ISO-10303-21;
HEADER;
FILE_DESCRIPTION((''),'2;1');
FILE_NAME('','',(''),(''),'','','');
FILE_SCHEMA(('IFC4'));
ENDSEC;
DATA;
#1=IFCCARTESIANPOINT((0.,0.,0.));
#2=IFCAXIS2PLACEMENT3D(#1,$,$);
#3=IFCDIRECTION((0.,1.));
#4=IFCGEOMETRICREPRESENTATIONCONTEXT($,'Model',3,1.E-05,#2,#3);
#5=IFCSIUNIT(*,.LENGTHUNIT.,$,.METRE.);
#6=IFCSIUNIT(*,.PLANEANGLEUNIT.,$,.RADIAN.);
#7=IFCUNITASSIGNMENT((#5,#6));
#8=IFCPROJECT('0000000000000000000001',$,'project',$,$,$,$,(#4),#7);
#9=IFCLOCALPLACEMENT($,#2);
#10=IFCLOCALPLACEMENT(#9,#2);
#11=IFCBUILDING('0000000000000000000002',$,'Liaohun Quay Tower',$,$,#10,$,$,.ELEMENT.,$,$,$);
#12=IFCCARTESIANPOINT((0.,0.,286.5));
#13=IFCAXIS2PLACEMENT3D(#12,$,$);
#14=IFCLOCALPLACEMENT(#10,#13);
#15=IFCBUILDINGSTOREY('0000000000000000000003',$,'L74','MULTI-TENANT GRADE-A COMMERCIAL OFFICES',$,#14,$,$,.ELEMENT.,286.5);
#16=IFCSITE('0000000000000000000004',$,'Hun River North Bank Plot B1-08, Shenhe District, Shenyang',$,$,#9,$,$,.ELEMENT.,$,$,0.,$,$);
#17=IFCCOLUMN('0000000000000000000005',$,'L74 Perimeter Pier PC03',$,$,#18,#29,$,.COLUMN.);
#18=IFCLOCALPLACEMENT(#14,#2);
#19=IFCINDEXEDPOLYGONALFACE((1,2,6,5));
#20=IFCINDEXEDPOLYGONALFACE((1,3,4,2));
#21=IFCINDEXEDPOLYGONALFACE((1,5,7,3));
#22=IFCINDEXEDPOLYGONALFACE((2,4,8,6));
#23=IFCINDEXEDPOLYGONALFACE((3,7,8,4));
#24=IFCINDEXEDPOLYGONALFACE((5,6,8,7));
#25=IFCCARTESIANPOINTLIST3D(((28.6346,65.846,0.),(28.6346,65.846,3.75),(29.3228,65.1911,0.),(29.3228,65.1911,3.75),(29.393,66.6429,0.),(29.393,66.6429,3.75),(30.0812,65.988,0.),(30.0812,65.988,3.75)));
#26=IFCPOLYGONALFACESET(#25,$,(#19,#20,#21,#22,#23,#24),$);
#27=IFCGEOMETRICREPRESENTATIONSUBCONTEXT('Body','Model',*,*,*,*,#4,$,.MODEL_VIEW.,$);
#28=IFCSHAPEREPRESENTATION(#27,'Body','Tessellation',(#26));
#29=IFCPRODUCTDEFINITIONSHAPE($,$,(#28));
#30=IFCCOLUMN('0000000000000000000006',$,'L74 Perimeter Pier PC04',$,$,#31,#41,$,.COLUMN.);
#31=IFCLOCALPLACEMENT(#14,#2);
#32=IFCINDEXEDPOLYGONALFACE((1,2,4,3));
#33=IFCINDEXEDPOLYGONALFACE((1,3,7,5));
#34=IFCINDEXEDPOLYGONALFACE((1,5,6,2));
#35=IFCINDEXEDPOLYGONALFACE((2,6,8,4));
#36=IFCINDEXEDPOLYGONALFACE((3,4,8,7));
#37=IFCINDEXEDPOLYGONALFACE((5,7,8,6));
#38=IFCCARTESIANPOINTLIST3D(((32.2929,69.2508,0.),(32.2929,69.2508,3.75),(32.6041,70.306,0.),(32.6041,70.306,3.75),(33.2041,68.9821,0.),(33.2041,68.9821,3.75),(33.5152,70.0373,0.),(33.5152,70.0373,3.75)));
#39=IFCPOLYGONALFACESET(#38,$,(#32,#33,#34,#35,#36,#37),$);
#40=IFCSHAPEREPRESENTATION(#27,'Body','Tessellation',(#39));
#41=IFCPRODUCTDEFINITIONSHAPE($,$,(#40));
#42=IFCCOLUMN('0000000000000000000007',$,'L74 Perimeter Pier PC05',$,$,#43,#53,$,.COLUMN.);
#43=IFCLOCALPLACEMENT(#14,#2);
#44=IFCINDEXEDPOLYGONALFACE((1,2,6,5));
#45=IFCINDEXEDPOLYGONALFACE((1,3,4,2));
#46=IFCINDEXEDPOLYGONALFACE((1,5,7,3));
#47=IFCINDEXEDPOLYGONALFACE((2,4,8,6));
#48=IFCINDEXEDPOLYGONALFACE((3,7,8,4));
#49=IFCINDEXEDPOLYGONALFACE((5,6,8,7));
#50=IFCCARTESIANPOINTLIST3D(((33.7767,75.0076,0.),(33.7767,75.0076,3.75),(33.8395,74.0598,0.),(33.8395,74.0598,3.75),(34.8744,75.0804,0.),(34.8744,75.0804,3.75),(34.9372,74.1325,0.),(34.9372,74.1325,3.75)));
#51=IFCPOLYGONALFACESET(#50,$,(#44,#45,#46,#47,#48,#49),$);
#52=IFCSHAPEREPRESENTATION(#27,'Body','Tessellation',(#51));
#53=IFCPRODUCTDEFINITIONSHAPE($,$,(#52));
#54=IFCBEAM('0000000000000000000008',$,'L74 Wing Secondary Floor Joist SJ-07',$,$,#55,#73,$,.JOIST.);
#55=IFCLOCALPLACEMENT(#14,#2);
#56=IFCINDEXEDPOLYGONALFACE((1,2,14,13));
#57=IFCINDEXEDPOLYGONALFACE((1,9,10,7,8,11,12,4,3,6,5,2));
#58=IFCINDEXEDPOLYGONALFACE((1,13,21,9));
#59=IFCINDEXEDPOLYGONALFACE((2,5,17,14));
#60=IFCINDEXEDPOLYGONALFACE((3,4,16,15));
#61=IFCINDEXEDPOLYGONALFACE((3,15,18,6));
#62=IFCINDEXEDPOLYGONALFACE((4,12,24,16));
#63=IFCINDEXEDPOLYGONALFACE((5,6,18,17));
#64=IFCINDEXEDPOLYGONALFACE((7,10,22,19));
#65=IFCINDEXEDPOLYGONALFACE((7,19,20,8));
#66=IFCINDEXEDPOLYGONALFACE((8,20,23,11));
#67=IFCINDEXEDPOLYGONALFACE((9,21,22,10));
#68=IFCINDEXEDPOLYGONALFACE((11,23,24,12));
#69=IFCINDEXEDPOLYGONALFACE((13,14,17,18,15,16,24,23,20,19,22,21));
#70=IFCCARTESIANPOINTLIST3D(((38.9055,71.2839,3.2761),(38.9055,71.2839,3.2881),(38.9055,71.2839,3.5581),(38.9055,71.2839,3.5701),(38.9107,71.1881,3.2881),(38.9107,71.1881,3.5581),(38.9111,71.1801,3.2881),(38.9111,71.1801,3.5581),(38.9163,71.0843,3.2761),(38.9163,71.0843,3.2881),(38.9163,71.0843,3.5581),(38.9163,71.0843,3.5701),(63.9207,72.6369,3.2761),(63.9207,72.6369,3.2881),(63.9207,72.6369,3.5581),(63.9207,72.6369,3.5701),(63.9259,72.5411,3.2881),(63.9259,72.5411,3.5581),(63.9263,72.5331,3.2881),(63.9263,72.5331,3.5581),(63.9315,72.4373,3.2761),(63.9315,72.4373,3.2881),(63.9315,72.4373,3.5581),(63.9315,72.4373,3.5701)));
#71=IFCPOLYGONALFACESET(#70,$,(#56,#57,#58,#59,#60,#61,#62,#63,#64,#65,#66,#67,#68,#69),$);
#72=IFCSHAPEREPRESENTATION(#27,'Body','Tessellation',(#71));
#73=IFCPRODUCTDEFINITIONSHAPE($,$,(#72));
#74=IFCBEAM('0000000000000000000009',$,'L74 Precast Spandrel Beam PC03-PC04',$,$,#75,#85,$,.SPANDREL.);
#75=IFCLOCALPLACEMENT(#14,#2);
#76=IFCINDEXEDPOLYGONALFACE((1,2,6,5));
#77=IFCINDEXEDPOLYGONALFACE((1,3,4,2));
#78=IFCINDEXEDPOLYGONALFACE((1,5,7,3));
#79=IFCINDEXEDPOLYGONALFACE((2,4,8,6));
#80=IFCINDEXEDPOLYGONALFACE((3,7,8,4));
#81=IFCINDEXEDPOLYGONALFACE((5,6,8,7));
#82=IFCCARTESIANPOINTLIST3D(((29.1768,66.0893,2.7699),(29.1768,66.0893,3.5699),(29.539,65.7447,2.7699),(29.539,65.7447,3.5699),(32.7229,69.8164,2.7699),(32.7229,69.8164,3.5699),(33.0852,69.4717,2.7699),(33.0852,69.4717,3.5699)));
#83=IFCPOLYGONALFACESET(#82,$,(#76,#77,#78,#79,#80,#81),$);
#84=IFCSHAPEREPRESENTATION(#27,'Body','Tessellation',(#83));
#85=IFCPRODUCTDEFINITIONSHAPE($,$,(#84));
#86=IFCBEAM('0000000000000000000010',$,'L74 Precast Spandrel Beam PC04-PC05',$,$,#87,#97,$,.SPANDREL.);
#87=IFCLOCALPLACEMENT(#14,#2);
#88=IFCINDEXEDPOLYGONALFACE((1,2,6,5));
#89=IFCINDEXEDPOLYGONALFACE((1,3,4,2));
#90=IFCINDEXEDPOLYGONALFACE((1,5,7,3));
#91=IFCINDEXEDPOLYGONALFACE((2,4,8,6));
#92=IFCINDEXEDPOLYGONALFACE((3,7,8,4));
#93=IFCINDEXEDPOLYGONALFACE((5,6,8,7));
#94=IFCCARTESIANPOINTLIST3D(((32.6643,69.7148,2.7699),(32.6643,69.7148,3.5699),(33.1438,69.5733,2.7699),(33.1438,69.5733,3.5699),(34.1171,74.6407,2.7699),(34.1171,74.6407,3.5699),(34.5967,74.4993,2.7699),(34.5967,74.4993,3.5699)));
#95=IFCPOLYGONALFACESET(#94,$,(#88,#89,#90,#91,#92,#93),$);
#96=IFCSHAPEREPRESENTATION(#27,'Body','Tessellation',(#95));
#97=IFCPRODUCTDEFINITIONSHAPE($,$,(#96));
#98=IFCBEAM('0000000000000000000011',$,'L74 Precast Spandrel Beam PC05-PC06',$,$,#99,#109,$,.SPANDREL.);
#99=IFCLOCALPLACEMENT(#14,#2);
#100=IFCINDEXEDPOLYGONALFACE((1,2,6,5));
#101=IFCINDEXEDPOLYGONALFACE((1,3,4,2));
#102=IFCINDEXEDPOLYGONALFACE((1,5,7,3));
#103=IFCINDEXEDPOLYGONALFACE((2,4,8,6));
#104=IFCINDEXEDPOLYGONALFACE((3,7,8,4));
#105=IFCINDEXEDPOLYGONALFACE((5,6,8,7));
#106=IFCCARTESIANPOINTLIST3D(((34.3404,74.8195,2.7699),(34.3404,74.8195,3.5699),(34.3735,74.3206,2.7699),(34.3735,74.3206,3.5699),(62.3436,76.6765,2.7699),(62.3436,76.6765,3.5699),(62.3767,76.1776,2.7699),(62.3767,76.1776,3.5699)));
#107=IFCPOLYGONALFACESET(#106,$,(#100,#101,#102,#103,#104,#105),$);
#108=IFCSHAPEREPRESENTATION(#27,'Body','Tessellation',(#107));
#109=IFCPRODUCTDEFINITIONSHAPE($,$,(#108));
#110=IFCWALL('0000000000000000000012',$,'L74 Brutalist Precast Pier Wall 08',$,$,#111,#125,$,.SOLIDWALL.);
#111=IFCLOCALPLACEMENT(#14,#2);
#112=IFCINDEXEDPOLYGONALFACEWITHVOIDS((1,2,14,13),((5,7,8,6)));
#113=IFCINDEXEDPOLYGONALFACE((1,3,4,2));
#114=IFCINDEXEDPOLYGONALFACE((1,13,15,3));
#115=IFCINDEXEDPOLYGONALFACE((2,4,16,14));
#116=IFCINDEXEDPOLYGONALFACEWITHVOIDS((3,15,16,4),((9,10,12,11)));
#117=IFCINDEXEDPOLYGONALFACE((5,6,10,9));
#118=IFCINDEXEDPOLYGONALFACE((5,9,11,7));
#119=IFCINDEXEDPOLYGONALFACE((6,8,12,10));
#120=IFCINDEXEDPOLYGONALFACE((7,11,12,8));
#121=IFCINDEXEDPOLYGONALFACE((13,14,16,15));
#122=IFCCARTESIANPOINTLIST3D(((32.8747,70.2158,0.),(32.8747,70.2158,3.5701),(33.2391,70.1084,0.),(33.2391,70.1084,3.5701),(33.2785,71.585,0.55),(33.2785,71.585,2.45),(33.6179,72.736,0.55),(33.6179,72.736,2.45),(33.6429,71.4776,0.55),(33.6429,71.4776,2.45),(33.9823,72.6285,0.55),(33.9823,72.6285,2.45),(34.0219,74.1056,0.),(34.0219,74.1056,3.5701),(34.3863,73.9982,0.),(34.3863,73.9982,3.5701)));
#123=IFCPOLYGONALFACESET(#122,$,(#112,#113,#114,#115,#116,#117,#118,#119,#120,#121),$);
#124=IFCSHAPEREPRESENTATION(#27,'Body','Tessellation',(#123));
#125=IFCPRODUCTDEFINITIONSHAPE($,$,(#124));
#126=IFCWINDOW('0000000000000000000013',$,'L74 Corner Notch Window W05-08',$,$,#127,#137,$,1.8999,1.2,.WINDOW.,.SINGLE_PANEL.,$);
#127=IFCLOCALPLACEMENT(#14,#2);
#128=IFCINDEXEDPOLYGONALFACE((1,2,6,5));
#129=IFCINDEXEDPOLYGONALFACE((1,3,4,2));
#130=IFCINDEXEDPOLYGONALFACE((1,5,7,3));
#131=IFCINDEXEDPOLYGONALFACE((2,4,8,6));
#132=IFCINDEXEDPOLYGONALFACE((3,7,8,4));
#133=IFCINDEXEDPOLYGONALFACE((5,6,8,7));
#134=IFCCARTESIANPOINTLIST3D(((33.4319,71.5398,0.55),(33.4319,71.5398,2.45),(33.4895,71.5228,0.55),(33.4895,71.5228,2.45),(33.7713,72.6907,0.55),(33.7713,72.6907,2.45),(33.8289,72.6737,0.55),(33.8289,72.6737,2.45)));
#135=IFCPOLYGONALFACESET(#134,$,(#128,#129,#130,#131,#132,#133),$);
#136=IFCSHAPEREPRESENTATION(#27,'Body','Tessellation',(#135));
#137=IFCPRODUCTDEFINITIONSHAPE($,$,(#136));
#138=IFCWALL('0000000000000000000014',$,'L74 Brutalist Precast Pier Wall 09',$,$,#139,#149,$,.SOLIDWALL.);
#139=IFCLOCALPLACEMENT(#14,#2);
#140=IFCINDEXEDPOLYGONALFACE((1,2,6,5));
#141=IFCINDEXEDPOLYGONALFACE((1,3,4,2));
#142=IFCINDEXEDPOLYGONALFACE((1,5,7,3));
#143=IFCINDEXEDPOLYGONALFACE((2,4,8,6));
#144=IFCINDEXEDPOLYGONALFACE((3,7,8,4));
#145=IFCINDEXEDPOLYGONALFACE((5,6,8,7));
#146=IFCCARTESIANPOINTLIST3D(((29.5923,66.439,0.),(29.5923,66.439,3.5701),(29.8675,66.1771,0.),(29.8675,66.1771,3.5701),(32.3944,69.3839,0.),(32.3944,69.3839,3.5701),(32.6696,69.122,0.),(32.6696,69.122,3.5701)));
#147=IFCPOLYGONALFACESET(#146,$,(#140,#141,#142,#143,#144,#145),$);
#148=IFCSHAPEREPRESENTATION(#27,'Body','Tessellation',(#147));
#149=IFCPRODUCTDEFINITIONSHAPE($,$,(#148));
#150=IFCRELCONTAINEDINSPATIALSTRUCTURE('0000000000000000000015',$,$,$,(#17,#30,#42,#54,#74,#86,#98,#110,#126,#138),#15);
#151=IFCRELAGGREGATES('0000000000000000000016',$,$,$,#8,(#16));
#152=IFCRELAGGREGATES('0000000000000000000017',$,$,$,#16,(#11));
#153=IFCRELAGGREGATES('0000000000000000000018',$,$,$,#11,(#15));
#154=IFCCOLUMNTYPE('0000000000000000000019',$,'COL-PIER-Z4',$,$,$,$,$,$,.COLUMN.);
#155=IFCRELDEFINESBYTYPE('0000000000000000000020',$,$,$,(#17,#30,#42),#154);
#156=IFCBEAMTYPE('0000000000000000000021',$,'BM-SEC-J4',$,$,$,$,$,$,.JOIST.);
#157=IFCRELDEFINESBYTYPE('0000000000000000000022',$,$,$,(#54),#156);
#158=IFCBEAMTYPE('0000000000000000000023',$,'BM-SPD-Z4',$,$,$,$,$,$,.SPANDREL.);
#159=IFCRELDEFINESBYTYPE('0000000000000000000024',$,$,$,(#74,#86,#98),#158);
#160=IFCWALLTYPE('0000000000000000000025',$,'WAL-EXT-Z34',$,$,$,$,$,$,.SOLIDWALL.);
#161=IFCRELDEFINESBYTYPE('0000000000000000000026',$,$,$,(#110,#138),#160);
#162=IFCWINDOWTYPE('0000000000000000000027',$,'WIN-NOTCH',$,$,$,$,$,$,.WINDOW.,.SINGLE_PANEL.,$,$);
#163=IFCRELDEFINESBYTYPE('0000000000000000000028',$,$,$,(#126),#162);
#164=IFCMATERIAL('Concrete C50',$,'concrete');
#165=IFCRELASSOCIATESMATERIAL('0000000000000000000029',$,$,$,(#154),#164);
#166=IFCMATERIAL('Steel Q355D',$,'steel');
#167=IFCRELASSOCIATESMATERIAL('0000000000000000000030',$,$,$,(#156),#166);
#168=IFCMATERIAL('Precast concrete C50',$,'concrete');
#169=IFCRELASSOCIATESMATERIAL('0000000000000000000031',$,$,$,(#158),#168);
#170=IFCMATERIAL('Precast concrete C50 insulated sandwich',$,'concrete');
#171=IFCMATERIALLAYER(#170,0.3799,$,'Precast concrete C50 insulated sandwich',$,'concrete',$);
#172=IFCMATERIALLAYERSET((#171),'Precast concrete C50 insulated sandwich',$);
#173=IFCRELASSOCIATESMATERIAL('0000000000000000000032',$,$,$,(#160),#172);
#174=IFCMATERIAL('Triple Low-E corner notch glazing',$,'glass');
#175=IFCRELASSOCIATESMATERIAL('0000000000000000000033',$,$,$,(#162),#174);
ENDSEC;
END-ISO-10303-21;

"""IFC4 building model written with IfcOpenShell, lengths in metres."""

from ifc_helpers import new_model, si_unit, direction, frame, frame_2d, origin, origin_2d, place, context, subcontext, project, spatial, rectangle, i_section, extrude, source, transform, mapped, material, layer, layer_set, material_profile, profile_set, type_object, element, fill, save


model = new_model("IFC4")

# Units and contexts
model_context = context("Model", 3, precision=1e-05, world=origin(), true_north=direction((0.0, 1.0)))
body_context = subcontext(model_context, "Body", "Model", "MODEL_VIEW")
ifc_project = project(units=[si_unit("LENGTHUNIT", "METRE"), si_unit("PLANEANGLEUNIT", "RADIAN")], contexts=[model_context])

# Site, building, storey
site_placement = place(None, origin())
site = spatial("IfcSite", under=ifc_project, at=site_placement, Name="Hun River North Bank Plot B1-08, Shenhe District, Shenyang", CompositionType="ELEMENT", RefElevation=0.0)
building_placement = place(site_placement, origin())
building = spatial("IfcBuilding", under=site, at=building_placement, Name="Liaohun Quay Tower", CompositionType="ELEMENT")
storey_placement = place(building_placement, frame((0.0, 0.0, 286.5)))
storey = spatial("IfcBuildingStorey", under=building, at=storey_placement, Name="L74", Description="MULTI-TENANT GRADE-A COMMERCIAL OFFICES", CompositionType="ELEMENT", Elevation=286.5)

# Columns
ifc_material_1 = material(Name="Concrete C50", Category="concrete")
ifc_material_profile_1 = material_profile(ifc_material_1, rectangle(XDim=1.1001, YDim=0.95, at=origin_2d()), Name="RC1100x950")
ifc_profile_set_1 = profile_set([ifc_material_profile_1], Name="Concrete C50")
column_type = type_object("IfcColumnType", Name="COL-PIER-Z4", PredefinedType="COLUMN", material=ifc_profile_set_1)
shared_shape_1 = source(origin(), body_context, "Body", "SweptSolid", [
    extrude(rectangle(XDim=1.1001, YDim=0.95, at=origin_2d()), origin(), (0.0, 0.0, 1.0), 3.75),
])
for number, where, z_axis, x_axis, name in (
    (1, (29.3579, 65.917, 0.0), (0.0, 0.0, 1.0), (0.689367, 0.724413, 0.0), "L74 Perimeter Pier PC03"),
    (2, (32.9041, 69.644, 0.0), (0.0, 0.0, 1.0), (0.282844, 0.959166, 0.0), "L74 Perimeter Pier PC04"),
    (3, (34.3569, 74.5701, 0.0), (0.0, 0.0, 1.0), (0.997813, 0.0661, 0.0), "L74 Perimeter Pier PC05"),
):
    element("IfcColumn", number, at=place(storey_placement, frame(where, z_axis=z_axis, x_axis=x_axis)), inside=storey, type_object=column_type, Name=name, PredefinedType="COLUMN", context=body_context, shape_type="MappedRepresentation", body=[
        mapped(shared_shape_1, transform((0.0, 0.0, 0.0), x_axis=(1.0, 0.0, 0.0), y_axis=(0.0, 1.0, 0.0), z_axis=(0.0, 0.0, 1.0), scale=1.0)),
    ])

# Beams
ifc_material_2 = material(Name="Steel Q355D", Category="steel")
ifc_material_profile_2 = material_profile(ifc_material_2, i_section(OverallWidth=0.2, OverallDepth=0.2939, WebThickness=0.0081, FlangeThickness=0.012, at=origin_2d()), Name="HM294x200x8x12")
ifc_profile_set_2 = profile_set([ifc_material_profile_2], Name="Steel Q355D")
beam_type_1 = type_object("IfcBeamType", Name="BM-SEC-J4", PredefinedType="JOIST", material=ifc_profile_set_2)
shared_shape_2 = source(origin(), body_context, "Body", "SweptSolid", [
    extrude(i_section(OverallWidth=0.2, OverallDepth=0.2939, WebThickness=0.0081, FlangeThickness=0.012, at=origin_2d()), origin(), (0.0, 0.0, 1.0), 25.0518),
])
beam_1_placement = place(storey_placement, frame((38.9109, 71.1841, 3.4231), z_axis=(0.99854, 0.054009, 0.0), x_axis=(-0.054009, 0.99854, 0.0)))
element("IfcBeam", 4, at=beam_1_placement, inside=storey, type_object=beam_type_1, Name="L74 Wing Secondary Floor Joist SJ-07", PredefinedType="JOIST", context=body_context, shape_type="MappedRepresentation", body=[
    mapped(shared_shape_2, transform((0.0, 0.0, 0.0), x_axis=(1.0, 0.0, 0.0), y_axis=(0.0, 1.0, 0.0), z_axis=(0.0, 0.0, 1.0), scale=1.0)),
])
ifc_material_3 = material(Name="Precast concrete C50", Category="concrete")
ifc_material_profile_3 = material_profile(ifc_material_3, rectangle(XDim=0.5, YDim=0.8, at=origin_2d()), Name="RC500x800")
ifc_profile_set_3 = profile_set([ifc_material_profile_3], Name="Precast concrete C50")
beam_type_2 = type_object("IfcBeamType", Name="BM-SPD-Z4", PredefinedType="SPANDREL", material=ifc_profile_set_3)
shared_shape_3 = source(origin(), body_context, "Body", "SweptSolid", [
    extrude(rectangle(XDim=0.5, YDim=0.8, at=origin_2d()), origin(), (0.0, 0.0, 1.0), 5.1445),
])
beam_2_placement = place(storey_placement, frame((29.3579, 65.917, 3.1699), z_axis=(0.689306, 0.724471, 0.0), x_axis=(-0.724471, 0.689306, 0.0)))
element("IfcBeam", 5, at=beam_2_placement, inside=storey, type_object=beam_type_2, Name="L74 Precast Spandrel Beam PC03-PC04", PredefinedType="SPANDREL", context=body_context, shape_type="MappedRepresentation", body=[
    mapped(shared_shape_3, transform((0.0, 0.0, 0.0), x_axis=(1.0, 0.0, 0.0), y_axis=(0.0, 1.0, 0.0), z_axis=(0.0, 0.0, 1.0), scale=1.0)),
])
shared_shape_4 = source(origin(), body_context, "Body", "SweptSolid", [
    extrude(rectangle(XDim=0.5, YDim=0.8, at=origin_2d()), origin(), (0.0, 0.0, 1.0), 5.1357),
])
beam_3_placement = place(storey_placement, frame((32.9041, 69.644, 3.1699), z_axis=(0.282892, 0.959152, 0.0), x_axis=(-0.959152, 0.282892, 0.0)))
element("IfcBeam", 6, at=beam_3_placement, inside=storey, type_object=beam_type_2, Name="L74 Precast Spandrel Beam PC04-PC05", PredefinedType="SPANDREL", context=body_context, shape_type="MappedRepresentation", body=[
    mapped(shared_shape_4, transform((0.0, 0.0, 0.0), x_axis=(1.0, 0.0, 0.0), y_axis=(0.0, 1.0, 0.0), z_axis=(0.0, 0.0, 1.0), scale=1.0)),
])
shared_shape_5 = source(origin(), body_context, "Body", "SweptSolid", [
    extrude(rectangle(XDim=0.5, YDim=0.8, at=origin_2d()), origin(), (0.0, 0.0, 1.0), 28.0647),
])
beam_4_placement = place(storey_placement, frame((34.3569, 74.5701, 3.1699), z_axis=(0.997809, 0.066166, 0.0), x_axis=(-0.066166, 0.997809, 0.0)))
element("IfcBeam", 7, at=beam_4_placement, inside=storey, type_object=beam_type_2, Name="L74 Precast Spandrel Beam PC05-PC06", PredefinedType="SPANDREL", context=body_context, shape_type="MappedRepresentation", body=[
    mapped(shared_shape_5, transform((0.0, 0.0, 0.0), x_axis=(1.0, 0.0, 0.0), y_axis=(0.0, 1.0, 0.0), z_axis=(0.0, 0.0, 1.0), scale=1.0)),
])

# Wall, opening, window
ifc_material_4 = material(Name="Precast concrete C50 insulated sandwich", Category="concrete")
ifc_layer_1 = layer(ifc_material_4, 0.3799, Name="Precast concrete C50 insulated sandwich", Category="concrete")
ifc_layer_set_1 = layer_set([ifc_layer_1], Name="Precast concrete C50 insulated sandwich")
wall_type_1 = type_object("IfcWallType", Name="WAL-EXT-Z34", PredefinedType="SOLIDWALL", material=ifc_layer_set_1)
wall_1_placement = place(storey_placement, frame((34.2041, 74.052, 0.0), z_axis=(0.0, 0.0, 1.0), x_axis=(-0.282877, -0.959156, 0.0)))
wall_1 = element("IfcWall", 8, at=wall_1_placement, inside=storey, type_object=wall_type_1, Name="L74 Brutalist Precast Pier Wall 08", PredefinedType="SOLIDWALL", context=body_context, shape_type="SweptSolid", body=[
    extrude(rectangle(XDim=4.0554, YDim=0.3799, at=frame_2d((2.0278, 0.0))), origin(), (0.0, 0.0, 1.0), 3.5701),
])
shared_shape_6 = source(origin(), body_context, "Body", "SweptSolid", [
    extrude(rectangle(XDim=1.2, YDim=1.8999, at=frame_2d((0.6001, 0.95))), frame((0.0, 0.2, 0.0), z_axis=(0.0, -1.0, 0.0), x_axis=(1.0, 0.0, 0.0)), (0.0, 0.0, 1.0), 0.3999),
])
opening_1_placement = place(wall_1_placement, frame((1.428, 0.0, 0.55)))
opening_1 = element("IfcOpeningElement", 9, at=opening_1_placement, cuts=wall_1, PredefinedType="OPENING", context=body_context, shape_type="MappedRepresentation", body=[
    mapped(shared_shape_6, transform((0.0, 0.0, 0.0), x_axis=(1.0, 0.0, 0.0), y_axis=(0.0, 1.0, 0.0), z_axis=(0.0, 0.0, 1.0), scale=1.0)),
])
ifc_material_5 = material(Name="Triple Low-E corner notch glazing", Category="glass")
window_type_1 = type_object("IfcWindowType", Name="WIN-NOTCH", PartitioningType="SINGLE_PANEL", PredefinedType="WINDOW", material=ifc_material_5)
shared_shape_7 = source(origin(), body_context, "Body", "SweptSolid", [
    extrude(rectangle(XDim=1.2, YDim=1.8999, at=frame_2d((0.6001, 0.95))), frame((0.0, 0.03, 0.0), z_axis=(0.0, -1.0, 0.0), x_axis=(1.0, 0.0, 0.0)), (0.0, 0.0, 1.0), 0.0601),
])
window_1_placement = place(opening_1_placement, origin())
window_1 = element("IfcWindow", 10, at=window_1_placement, inside=storey, type_object=window_type_1, Name="L74 Corner Notch Window W05-08", OverallHeight=1.8999, OverallWidth=1.2, PartitioningType="SINGLE_PANEL", PredefinedType="WINDOW", context=body_context, shape_type="MappedRepresentation", body=[
    mapped(shared_shape_7, transform((0.0, 0.0, 0.0), x_axis=(1.0, 0.0, 0.0), y_axis=(0.0, 1.0, 0.0), z_axis=(0.0, 0.0, 1.0), scale=1.0)),
])
fill(opening_1, window_1)

# Wall
wall_2_placement = place(storey_placement, frame((32.532, 69.2529, 0.0), z_axis=(0.0, 0.0, 1.0), x_axis=(-0.689321, -0.724456, 0.0)))
element("IfcWall", 11, at=wall_2_placement, inside=storey, type_object=wall_type_1, Name="L74 Brutalist Precast Pier Wall 09", PredefinedType="SOLIDWALL", context=body_context, shape_type="SweptSolid", body=[
    extrude(rectangle(XDim=4.0649, YDim=0.3799, at=frame_2d((2.0325, 0.0))), origin(), (0.0, 0.0, 1.0), 3.5701),
])

save(model, "model.ifc")
